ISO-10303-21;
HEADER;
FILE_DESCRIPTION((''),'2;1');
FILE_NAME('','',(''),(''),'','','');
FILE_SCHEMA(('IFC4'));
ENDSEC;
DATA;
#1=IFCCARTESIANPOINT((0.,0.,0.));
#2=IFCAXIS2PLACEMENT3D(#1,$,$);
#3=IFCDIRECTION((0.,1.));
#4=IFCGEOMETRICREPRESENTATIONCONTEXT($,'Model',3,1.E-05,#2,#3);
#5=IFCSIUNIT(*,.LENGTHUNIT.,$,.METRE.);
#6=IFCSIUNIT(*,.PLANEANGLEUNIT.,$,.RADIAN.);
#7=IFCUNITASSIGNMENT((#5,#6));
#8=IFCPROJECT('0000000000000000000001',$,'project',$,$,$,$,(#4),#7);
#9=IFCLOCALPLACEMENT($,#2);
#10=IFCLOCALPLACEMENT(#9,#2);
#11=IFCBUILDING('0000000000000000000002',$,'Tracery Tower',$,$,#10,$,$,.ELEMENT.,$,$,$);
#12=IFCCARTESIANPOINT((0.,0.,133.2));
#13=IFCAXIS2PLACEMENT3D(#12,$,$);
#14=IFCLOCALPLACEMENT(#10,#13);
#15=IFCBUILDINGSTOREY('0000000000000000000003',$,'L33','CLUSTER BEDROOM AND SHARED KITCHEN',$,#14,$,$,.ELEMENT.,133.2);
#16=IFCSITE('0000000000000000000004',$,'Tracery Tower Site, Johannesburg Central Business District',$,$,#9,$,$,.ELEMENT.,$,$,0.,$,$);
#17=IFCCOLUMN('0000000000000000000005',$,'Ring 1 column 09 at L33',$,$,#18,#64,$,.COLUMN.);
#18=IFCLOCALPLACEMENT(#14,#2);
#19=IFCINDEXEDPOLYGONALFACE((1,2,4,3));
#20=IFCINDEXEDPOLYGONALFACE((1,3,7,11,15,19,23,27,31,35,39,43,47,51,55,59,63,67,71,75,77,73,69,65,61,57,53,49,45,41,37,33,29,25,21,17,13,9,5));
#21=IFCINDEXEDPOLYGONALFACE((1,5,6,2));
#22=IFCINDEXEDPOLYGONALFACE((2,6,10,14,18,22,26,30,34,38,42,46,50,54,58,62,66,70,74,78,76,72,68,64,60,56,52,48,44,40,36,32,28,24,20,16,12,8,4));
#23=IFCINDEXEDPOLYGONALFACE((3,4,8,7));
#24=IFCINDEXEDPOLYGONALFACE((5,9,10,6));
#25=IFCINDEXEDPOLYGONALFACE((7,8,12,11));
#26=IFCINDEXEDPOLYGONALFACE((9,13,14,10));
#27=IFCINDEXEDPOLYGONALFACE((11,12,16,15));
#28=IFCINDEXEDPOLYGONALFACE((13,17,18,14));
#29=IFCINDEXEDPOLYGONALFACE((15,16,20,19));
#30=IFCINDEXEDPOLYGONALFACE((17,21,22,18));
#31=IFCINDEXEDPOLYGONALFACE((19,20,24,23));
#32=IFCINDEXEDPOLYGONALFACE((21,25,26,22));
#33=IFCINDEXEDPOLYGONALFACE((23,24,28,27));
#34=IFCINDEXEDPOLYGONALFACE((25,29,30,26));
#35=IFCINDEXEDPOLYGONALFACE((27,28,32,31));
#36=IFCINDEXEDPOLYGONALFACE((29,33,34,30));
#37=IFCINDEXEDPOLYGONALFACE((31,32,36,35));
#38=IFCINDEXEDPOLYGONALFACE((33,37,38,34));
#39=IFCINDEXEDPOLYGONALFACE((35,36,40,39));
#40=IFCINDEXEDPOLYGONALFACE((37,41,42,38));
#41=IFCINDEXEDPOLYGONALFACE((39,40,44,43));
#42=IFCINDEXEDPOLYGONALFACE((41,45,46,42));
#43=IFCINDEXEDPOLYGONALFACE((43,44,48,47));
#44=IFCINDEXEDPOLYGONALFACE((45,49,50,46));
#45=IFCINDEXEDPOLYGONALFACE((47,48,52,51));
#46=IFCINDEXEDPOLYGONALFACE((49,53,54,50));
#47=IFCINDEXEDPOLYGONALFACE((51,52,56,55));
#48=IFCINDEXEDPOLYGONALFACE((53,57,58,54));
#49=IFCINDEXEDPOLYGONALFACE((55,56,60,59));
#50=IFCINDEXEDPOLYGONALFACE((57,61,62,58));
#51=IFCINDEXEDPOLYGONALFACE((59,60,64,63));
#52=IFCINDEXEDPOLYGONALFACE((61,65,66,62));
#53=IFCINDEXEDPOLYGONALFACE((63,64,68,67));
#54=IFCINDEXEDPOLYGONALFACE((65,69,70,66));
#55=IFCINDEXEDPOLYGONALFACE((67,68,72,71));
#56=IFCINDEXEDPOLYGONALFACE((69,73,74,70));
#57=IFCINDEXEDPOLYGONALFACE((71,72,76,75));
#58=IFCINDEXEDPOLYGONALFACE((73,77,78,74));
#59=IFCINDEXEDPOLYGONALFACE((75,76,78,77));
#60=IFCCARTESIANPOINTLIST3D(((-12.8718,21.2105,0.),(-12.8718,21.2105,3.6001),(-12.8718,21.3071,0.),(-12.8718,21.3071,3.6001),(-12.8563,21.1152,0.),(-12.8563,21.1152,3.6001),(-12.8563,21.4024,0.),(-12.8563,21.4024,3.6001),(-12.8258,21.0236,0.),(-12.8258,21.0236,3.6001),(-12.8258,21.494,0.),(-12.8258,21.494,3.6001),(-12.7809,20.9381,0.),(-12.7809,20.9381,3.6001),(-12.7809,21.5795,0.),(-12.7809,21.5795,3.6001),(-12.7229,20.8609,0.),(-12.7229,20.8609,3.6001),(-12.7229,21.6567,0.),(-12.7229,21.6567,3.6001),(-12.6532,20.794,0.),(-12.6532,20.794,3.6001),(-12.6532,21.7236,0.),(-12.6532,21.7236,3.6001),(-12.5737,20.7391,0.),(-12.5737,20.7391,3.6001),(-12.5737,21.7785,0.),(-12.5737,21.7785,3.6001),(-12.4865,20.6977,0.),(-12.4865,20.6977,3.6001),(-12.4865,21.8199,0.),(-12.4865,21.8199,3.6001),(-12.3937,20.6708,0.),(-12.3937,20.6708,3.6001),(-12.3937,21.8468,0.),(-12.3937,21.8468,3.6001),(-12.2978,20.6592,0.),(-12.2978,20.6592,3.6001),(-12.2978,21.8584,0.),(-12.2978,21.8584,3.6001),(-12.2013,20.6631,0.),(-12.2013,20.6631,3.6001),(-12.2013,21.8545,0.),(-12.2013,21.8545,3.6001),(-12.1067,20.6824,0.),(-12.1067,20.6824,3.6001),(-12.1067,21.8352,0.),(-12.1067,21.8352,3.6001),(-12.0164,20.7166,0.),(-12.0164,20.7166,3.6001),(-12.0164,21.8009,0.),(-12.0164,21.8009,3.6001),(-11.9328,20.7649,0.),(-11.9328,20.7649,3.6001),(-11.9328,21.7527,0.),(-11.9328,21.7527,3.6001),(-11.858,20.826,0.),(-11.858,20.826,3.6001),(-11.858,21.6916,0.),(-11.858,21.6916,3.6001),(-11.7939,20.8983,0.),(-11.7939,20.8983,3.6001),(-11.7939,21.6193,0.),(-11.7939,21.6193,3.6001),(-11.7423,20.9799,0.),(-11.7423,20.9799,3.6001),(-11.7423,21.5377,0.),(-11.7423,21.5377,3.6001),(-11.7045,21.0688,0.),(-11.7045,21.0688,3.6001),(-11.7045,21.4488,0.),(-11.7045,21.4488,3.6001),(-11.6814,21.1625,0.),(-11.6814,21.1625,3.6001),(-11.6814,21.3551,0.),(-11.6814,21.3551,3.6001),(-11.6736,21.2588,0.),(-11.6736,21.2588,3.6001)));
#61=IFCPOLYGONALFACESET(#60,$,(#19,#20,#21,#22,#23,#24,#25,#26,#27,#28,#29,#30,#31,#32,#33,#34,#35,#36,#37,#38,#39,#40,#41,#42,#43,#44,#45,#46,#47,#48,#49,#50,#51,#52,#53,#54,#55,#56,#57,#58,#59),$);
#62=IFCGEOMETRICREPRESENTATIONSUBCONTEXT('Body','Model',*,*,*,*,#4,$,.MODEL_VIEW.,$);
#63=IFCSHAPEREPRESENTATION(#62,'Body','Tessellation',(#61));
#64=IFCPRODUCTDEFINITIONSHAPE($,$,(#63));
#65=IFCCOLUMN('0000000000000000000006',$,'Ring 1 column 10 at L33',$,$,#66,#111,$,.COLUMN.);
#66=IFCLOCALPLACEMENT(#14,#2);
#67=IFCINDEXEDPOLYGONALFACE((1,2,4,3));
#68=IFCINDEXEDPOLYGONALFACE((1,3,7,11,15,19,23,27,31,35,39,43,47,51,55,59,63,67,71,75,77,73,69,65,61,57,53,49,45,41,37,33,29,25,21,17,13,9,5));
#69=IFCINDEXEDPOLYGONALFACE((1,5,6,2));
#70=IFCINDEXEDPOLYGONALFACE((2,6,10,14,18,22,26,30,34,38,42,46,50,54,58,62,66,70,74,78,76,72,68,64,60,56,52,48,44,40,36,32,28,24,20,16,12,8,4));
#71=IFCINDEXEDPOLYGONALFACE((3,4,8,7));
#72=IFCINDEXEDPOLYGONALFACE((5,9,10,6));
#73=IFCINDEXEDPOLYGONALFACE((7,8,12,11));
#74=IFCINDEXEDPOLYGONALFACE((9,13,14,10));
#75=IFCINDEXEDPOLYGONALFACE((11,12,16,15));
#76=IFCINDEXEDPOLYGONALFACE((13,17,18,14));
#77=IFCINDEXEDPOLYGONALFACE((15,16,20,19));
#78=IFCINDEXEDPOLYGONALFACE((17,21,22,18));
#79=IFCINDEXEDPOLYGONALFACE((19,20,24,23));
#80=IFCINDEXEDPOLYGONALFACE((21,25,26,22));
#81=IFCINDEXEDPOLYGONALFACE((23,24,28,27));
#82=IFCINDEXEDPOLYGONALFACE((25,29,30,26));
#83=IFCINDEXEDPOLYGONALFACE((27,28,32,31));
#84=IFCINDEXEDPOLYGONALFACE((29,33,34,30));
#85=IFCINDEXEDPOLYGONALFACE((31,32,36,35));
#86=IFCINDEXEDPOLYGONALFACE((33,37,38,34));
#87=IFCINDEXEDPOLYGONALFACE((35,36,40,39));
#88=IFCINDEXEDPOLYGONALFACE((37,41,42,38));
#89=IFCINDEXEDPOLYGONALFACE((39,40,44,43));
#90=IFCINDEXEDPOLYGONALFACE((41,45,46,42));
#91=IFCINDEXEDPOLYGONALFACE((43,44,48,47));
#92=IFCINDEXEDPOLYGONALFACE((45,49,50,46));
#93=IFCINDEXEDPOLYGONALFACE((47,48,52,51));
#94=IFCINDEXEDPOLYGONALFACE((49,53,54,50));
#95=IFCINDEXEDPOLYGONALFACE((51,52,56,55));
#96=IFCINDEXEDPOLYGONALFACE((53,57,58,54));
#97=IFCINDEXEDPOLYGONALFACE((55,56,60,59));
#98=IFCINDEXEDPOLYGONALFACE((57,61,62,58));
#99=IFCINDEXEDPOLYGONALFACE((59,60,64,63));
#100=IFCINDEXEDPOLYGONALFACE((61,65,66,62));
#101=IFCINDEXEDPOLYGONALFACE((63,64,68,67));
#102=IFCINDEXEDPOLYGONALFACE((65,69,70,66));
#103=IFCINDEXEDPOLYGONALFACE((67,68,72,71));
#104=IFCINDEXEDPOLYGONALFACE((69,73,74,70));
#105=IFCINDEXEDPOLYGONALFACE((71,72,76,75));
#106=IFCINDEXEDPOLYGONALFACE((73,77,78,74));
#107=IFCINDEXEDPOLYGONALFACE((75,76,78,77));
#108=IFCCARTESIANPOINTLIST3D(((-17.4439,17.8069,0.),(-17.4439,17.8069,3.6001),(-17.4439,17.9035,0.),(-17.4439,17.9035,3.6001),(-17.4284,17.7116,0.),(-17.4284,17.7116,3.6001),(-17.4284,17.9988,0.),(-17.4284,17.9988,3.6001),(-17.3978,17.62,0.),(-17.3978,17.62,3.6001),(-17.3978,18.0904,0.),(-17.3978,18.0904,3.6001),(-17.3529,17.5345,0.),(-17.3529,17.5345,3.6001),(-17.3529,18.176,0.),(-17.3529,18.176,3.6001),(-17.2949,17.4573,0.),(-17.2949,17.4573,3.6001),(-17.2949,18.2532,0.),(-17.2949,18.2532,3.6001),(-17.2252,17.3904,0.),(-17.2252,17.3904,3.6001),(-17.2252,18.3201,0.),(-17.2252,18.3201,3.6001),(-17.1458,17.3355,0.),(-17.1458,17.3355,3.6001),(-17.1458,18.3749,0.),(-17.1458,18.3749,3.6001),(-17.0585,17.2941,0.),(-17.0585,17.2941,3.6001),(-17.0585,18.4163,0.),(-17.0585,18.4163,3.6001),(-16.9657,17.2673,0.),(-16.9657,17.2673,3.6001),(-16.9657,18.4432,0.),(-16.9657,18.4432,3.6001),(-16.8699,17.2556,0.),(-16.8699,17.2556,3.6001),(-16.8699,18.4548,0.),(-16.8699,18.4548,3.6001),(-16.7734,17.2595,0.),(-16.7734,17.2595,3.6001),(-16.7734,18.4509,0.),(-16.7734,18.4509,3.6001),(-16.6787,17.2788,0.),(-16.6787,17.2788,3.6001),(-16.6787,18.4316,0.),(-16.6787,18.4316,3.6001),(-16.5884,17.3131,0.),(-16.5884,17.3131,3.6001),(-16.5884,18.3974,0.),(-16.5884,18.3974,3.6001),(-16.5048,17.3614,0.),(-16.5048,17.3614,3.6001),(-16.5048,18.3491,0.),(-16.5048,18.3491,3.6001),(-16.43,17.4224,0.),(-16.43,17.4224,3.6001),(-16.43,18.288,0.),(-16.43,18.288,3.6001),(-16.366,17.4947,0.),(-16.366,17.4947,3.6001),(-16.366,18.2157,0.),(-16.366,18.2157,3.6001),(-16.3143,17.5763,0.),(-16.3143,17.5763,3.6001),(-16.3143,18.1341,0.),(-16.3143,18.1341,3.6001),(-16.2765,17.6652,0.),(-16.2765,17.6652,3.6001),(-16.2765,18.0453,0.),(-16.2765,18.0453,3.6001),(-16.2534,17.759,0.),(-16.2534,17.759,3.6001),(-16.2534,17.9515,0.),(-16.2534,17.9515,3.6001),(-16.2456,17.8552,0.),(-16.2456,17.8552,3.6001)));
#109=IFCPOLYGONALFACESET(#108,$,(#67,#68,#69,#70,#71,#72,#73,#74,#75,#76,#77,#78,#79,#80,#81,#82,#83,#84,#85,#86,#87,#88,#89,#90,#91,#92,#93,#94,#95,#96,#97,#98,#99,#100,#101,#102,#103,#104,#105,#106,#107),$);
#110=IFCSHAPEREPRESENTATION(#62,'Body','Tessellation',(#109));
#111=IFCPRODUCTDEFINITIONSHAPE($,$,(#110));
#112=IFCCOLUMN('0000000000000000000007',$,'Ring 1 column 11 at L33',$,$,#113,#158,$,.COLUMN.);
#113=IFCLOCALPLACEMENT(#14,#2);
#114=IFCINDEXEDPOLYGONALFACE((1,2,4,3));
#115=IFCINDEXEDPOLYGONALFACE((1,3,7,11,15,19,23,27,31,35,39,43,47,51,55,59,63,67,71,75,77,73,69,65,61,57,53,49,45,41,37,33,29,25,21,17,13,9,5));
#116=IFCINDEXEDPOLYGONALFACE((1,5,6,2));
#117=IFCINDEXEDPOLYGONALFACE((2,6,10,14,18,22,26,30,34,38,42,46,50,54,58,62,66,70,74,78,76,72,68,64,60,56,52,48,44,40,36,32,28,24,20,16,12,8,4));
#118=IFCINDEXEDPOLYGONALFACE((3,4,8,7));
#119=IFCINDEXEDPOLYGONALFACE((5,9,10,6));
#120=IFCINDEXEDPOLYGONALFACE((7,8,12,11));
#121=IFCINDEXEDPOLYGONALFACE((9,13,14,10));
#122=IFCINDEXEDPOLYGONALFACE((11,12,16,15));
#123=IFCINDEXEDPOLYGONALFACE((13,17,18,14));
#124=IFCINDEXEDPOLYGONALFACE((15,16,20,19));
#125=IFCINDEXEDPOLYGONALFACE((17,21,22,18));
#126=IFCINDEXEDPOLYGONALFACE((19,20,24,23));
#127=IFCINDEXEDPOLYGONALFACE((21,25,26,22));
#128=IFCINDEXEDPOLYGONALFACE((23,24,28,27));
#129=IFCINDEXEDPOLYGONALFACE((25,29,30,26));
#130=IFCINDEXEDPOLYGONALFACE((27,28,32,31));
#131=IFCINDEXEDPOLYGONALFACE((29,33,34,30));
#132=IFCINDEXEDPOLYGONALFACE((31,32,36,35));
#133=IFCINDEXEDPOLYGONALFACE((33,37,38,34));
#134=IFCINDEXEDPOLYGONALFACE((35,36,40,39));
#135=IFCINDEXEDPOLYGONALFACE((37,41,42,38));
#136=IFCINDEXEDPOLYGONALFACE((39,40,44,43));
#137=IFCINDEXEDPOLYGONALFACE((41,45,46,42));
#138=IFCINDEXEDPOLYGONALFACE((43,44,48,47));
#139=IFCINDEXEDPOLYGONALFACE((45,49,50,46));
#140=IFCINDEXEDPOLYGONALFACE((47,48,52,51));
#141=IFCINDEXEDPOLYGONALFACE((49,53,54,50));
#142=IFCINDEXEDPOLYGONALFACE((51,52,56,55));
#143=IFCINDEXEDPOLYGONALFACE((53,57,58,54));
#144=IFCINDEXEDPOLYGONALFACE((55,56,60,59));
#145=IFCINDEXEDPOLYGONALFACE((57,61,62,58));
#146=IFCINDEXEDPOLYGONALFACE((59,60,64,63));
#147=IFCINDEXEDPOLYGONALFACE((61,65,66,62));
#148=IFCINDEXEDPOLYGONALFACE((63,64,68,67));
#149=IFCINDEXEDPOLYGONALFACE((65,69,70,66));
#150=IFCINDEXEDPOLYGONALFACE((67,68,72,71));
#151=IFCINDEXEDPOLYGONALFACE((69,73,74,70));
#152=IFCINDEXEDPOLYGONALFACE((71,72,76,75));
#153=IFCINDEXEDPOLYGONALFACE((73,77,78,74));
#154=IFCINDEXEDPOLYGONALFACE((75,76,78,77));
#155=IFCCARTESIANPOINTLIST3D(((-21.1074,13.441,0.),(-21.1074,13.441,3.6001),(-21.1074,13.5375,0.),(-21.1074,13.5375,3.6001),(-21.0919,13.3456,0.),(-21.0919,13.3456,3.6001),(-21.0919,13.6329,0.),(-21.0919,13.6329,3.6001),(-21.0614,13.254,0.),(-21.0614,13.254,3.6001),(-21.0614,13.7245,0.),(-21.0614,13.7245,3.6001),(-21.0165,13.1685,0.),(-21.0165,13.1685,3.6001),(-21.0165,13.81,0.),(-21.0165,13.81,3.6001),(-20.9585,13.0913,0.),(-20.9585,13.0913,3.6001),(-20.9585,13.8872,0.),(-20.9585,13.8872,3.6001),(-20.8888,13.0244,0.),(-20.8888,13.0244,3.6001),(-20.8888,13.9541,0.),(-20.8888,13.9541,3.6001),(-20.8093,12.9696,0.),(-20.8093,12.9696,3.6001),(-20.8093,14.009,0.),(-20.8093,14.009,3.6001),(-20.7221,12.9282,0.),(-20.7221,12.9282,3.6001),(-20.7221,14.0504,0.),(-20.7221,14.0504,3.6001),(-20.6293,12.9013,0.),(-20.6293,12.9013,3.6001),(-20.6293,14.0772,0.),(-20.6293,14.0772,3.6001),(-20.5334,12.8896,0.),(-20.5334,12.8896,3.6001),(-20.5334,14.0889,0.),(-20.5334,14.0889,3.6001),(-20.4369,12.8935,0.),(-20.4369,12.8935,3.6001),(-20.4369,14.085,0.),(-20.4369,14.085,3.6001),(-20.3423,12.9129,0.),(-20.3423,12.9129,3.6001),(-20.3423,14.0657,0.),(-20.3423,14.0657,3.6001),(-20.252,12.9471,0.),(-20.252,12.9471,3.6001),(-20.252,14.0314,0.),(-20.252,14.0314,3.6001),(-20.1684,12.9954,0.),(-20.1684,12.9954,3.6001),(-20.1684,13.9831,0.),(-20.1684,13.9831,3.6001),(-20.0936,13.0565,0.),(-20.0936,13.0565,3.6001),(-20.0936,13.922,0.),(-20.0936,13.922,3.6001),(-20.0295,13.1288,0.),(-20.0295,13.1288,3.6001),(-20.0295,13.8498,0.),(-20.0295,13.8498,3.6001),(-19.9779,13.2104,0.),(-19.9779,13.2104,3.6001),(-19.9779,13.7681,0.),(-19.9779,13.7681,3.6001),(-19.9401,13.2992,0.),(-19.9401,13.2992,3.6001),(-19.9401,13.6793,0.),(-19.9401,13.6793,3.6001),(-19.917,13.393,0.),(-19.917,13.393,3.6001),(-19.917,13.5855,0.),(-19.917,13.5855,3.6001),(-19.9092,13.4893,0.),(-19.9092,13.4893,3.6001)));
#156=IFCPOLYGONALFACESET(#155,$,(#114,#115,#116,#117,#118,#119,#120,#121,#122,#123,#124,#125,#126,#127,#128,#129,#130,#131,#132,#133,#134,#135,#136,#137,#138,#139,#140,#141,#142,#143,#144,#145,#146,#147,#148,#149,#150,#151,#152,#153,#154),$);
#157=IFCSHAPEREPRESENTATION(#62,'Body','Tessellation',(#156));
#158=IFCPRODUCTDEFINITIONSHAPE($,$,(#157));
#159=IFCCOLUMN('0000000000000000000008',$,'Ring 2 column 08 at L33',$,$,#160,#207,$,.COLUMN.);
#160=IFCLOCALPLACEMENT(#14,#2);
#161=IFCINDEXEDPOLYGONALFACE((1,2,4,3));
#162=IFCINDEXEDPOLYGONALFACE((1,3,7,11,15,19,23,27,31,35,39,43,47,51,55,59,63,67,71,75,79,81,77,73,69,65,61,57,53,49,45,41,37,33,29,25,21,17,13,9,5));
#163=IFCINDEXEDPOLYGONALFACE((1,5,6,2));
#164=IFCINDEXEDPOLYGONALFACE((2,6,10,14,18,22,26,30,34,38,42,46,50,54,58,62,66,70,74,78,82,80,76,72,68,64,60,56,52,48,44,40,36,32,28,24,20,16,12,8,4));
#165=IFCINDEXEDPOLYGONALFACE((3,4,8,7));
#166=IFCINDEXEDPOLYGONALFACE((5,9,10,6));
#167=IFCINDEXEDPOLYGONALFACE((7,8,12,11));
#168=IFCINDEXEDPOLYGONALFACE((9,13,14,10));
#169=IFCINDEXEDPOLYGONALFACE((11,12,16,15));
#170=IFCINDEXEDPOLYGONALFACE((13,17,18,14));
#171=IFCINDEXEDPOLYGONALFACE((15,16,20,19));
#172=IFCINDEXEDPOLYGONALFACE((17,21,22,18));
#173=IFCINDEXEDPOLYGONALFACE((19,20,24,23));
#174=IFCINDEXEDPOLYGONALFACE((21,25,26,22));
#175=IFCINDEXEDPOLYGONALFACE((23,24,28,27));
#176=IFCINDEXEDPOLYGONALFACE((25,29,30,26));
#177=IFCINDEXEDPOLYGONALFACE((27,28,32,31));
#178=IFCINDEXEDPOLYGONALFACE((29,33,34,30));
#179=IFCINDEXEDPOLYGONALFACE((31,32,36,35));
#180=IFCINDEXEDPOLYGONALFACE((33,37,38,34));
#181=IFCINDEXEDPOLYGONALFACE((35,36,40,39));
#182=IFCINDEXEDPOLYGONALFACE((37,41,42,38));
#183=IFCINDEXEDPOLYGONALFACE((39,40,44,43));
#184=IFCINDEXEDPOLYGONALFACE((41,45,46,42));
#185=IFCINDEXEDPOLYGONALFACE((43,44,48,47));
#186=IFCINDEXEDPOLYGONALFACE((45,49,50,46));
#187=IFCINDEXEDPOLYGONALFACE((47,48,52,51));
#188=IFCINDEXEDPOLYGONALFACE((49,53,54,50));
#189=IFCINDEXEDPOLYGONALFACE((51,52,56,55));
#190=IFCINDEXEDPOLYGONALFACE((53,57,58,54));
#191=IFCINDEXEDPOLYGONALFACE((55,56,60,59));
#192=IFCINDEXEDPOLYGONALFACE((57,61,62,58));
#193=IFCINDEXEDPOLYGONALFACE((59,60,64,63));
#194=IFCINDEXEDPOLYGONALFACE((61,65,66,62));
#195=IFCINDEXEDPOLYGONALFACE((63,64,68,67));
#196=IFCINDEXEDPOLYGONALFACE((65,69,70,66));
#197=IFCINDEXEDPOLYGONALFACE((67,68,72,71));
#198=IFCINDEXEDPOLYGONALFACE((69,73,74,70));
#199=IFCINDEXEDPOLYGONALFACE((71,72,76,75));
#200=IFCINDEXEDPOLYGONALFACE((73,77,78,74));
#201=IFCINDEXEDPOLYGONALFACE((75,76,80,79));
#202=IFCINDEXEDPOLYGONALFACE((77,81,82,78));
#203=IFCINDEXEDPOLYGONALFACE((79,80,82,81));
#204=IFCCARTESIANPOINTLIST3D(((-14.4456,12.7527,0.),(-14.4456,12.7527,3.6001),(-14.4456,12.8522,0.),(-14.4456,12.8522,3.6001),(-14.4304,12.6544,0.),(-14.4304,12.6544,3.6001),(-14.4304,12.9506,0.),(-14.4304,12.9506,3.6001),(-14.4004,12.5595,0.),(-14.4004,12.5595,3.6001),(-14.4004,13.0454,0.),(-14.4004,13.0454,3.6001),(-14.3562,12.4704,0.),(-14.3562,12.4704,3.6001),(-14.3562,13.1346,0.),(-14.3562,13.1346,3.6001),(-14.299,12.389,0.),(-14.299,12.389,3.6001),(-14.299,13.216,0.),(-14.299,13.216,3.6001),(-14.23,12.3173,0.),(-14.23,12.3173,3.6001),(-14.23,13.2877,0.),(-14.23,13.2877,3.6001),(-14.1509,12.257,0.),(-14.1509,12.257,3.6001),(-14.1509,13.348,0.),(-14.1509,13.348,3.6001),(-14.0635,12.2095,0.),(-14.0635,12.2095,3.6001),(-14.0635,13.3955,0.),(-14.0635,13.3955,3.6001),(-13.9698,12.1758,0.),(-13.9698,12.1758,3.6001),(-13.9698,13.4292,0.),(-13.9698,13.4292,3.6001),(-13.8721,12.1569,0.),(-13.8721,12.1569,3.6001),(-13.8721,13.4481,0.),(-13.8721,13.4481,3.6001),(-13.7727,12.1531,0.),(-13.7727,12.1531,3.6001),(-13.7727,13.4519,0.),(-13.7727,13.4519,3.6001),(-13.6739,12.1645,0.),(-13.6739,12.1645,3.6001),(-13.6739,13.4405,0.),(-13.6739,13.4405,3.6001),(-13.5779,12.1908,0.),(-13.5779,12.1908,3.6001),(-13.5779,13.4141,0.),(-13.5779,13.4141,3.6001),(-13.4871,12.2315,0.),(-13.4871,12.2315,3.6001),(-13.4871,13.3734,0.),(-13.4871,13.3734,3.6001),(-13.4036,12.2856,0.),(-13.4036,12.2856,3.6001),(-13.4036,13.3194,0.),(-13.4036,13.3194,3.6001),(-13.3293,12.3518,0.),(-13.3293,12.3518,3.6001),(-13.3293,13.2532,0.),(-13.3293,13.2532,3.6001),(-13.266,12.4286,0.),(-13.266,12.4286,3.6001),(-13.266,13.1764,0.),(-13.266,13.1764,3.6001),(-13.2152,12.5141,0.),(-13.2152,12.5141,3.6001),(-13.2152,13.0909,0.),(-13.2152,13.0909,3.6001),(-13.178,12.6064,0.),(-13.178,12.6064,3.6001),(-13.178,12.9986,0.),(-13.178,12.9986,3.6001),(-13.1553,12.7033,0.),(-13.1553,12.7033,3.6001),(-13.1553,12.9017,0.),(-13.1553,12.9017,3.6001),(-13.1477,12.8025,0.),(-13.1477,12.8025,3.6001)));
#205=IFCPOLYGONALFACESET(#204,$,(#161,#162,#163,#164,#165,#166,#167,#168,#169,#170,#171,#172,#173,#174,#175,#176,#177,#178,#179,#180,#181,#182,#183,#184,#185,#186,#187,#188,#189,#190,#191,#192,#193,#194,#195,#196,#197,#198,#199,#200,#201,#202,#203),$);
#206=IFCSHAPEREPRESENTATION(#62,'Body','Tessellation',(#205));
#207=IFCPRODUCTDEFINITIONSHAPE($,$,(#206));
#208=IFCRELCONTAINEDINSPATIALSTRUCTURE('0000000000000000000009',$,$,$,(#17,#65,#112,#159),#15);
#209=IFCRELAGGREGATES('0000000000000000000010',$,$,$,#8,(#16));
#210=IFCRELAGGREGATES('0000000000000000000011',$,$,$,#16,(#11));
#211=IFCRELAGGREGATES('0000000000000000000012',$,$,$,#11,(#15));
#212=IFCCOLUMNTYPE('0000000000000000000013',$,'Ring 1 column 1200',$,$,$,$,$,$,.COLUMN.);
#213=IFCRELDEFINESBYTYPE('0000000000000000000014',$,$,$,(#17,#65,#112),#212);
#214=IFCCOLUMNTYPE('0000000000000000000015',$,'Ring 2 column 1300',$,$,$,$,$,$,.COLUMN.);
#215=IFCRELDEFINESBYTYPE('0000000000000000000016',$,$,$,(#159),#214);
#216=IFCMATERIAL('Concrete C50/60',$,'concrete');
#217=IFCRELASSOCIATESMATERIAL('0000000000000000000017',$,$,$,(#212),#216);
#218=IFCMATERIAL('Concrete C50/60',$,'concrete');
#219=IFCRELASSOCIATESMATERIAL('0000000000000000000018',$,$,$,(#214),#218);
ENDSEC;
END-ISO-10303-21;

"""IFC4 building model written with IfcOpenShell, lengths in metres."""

from ifc_helpers import new_model, si_unit, direction, frame, origin, origin_2d, place, context, subcontext, project, spatial, circle, extrude, material, material_profile, profile_set, type_object, element, save


model = new_model("IFC4")

# Units and contexts
model_context = context("Model", 3, precision=1e-05, world=origin(), true_north=direction((0.0, 1.0)))
body_context = subcontext(model_context, "Body", "Model", "MODEL_VIEW")
ifc_project = project(units=[si_unit("LENGTHUNIT", "METRE"), si_unit("PLANEANGLEUNIT", "RADIAN")], contexts=[model_context])

# Site, building, storey
site_placement = place(None, origin())
site = spatial("IfcSite", under=ifc_project, at=site_placement, Name="Tracery Tower Site, Johannesburg Central Business District", CompositionType="ELEMENT", RefElevation=0.0)
building_placement = place(site_placement, origin())
building = spatial("IfcBuilding", under=site, at=building_placement, Name="Tracery Tower", CompositionType="ELEMENT")
storey_placement = place(building_placement, frame((0.0, 0.0, 133.2)))
storey = spatial("IfcBuildingStorey", under=building, at=storey_placement, Name="L33", Description="CLUSTER BEDROOM AND SHARED KITCHEN", CompositionType="ELEMENT", Elevation=133.2)

# Columns
ifc_material_1 = material(Name="Concrete C50/60", Category="concrete")
ifc_material_profile_1 = material_profile(ifc_material_1, circle(Radius=0.6001, at=origin_2d()), Name="RC D1200")
ifc_profile_set_1 = profile_set([ifc_material_profile_1], Name="Concrete C50/60")
column_type_1 = type_object("IfcColumnType", Name="Ring 1 column 1200", PredefinedType="COLUMN", material=ifc_profile_set_1)
for number, where, z_axis, x_axis, name in (
    (1, (-12.2737, 21.2588, 0.0), (0.0, 0.0, 1.0), (1.0, 0.0, 0.0), "Ring 1 column 09 at L33"),
    (2, (-16.8457, 17.8552, 0.0), (0.0, 0.0, 1.0), (1.0, 0.0, 0.0), "Ring 1 column 10 at L33"),
    (3, (-20.5093, 13.4893, 0.0), (0.0, 0.0, 1.0), (1.0, 0.0, 0.0), "Ring 1 column 11 at L33"),
):
    element("IfcColumn", number, at=place(storey_placement, frame(where, z_axis=z_axis, x_axis=x_axis)), inside=storey, type_object=column_type_1, Name=name, PredefinedType="COLUMN", context=body_context, shape_type="SweptSolid", body=[
        extrude(circle(Radius=0.6001, at=origin_2d()), origin(), (0.0, 0.0, 1.0), 3.6001),
    ])
ifc_material_2 = material(Name="Concrete C50/60", Category="concrete")
ifc_material_profile_2 = material_profile(ifc_material_2, circle(Radius=0.6499, at=origin_2d()), Name="RC D1300")
ifc_profile_set_2 = profile_set([ifc_material_profile_2], Name="Concrete C50/60")
column_type_2 = type_object("IfcColumnType", Name="Ring 2 column 1300", PredefinedType="COLUMN", material=ifc_profile_set_2)
column_placement = place(storey_placement, frame((-13.7976, 12.8025, 0.0), z_axis=(0.0, 0.0, 1.0), x_axis=(1.0, 0.0, 0.0)))
element("IfcColumn", 4, at=column_placement, inside=storey, type_object=column_type_2, Name="Ring 2 column 08 at L33", PredefinedType="COLUMN", context=body_context, shape_type="SweptSolid", body=[
    extrude(circle(Radius=0.6499, at=origin_2d()), origin(), (0.0, 0.0, 1.0), 3.6001),
])

save(model, "model.ifc")
